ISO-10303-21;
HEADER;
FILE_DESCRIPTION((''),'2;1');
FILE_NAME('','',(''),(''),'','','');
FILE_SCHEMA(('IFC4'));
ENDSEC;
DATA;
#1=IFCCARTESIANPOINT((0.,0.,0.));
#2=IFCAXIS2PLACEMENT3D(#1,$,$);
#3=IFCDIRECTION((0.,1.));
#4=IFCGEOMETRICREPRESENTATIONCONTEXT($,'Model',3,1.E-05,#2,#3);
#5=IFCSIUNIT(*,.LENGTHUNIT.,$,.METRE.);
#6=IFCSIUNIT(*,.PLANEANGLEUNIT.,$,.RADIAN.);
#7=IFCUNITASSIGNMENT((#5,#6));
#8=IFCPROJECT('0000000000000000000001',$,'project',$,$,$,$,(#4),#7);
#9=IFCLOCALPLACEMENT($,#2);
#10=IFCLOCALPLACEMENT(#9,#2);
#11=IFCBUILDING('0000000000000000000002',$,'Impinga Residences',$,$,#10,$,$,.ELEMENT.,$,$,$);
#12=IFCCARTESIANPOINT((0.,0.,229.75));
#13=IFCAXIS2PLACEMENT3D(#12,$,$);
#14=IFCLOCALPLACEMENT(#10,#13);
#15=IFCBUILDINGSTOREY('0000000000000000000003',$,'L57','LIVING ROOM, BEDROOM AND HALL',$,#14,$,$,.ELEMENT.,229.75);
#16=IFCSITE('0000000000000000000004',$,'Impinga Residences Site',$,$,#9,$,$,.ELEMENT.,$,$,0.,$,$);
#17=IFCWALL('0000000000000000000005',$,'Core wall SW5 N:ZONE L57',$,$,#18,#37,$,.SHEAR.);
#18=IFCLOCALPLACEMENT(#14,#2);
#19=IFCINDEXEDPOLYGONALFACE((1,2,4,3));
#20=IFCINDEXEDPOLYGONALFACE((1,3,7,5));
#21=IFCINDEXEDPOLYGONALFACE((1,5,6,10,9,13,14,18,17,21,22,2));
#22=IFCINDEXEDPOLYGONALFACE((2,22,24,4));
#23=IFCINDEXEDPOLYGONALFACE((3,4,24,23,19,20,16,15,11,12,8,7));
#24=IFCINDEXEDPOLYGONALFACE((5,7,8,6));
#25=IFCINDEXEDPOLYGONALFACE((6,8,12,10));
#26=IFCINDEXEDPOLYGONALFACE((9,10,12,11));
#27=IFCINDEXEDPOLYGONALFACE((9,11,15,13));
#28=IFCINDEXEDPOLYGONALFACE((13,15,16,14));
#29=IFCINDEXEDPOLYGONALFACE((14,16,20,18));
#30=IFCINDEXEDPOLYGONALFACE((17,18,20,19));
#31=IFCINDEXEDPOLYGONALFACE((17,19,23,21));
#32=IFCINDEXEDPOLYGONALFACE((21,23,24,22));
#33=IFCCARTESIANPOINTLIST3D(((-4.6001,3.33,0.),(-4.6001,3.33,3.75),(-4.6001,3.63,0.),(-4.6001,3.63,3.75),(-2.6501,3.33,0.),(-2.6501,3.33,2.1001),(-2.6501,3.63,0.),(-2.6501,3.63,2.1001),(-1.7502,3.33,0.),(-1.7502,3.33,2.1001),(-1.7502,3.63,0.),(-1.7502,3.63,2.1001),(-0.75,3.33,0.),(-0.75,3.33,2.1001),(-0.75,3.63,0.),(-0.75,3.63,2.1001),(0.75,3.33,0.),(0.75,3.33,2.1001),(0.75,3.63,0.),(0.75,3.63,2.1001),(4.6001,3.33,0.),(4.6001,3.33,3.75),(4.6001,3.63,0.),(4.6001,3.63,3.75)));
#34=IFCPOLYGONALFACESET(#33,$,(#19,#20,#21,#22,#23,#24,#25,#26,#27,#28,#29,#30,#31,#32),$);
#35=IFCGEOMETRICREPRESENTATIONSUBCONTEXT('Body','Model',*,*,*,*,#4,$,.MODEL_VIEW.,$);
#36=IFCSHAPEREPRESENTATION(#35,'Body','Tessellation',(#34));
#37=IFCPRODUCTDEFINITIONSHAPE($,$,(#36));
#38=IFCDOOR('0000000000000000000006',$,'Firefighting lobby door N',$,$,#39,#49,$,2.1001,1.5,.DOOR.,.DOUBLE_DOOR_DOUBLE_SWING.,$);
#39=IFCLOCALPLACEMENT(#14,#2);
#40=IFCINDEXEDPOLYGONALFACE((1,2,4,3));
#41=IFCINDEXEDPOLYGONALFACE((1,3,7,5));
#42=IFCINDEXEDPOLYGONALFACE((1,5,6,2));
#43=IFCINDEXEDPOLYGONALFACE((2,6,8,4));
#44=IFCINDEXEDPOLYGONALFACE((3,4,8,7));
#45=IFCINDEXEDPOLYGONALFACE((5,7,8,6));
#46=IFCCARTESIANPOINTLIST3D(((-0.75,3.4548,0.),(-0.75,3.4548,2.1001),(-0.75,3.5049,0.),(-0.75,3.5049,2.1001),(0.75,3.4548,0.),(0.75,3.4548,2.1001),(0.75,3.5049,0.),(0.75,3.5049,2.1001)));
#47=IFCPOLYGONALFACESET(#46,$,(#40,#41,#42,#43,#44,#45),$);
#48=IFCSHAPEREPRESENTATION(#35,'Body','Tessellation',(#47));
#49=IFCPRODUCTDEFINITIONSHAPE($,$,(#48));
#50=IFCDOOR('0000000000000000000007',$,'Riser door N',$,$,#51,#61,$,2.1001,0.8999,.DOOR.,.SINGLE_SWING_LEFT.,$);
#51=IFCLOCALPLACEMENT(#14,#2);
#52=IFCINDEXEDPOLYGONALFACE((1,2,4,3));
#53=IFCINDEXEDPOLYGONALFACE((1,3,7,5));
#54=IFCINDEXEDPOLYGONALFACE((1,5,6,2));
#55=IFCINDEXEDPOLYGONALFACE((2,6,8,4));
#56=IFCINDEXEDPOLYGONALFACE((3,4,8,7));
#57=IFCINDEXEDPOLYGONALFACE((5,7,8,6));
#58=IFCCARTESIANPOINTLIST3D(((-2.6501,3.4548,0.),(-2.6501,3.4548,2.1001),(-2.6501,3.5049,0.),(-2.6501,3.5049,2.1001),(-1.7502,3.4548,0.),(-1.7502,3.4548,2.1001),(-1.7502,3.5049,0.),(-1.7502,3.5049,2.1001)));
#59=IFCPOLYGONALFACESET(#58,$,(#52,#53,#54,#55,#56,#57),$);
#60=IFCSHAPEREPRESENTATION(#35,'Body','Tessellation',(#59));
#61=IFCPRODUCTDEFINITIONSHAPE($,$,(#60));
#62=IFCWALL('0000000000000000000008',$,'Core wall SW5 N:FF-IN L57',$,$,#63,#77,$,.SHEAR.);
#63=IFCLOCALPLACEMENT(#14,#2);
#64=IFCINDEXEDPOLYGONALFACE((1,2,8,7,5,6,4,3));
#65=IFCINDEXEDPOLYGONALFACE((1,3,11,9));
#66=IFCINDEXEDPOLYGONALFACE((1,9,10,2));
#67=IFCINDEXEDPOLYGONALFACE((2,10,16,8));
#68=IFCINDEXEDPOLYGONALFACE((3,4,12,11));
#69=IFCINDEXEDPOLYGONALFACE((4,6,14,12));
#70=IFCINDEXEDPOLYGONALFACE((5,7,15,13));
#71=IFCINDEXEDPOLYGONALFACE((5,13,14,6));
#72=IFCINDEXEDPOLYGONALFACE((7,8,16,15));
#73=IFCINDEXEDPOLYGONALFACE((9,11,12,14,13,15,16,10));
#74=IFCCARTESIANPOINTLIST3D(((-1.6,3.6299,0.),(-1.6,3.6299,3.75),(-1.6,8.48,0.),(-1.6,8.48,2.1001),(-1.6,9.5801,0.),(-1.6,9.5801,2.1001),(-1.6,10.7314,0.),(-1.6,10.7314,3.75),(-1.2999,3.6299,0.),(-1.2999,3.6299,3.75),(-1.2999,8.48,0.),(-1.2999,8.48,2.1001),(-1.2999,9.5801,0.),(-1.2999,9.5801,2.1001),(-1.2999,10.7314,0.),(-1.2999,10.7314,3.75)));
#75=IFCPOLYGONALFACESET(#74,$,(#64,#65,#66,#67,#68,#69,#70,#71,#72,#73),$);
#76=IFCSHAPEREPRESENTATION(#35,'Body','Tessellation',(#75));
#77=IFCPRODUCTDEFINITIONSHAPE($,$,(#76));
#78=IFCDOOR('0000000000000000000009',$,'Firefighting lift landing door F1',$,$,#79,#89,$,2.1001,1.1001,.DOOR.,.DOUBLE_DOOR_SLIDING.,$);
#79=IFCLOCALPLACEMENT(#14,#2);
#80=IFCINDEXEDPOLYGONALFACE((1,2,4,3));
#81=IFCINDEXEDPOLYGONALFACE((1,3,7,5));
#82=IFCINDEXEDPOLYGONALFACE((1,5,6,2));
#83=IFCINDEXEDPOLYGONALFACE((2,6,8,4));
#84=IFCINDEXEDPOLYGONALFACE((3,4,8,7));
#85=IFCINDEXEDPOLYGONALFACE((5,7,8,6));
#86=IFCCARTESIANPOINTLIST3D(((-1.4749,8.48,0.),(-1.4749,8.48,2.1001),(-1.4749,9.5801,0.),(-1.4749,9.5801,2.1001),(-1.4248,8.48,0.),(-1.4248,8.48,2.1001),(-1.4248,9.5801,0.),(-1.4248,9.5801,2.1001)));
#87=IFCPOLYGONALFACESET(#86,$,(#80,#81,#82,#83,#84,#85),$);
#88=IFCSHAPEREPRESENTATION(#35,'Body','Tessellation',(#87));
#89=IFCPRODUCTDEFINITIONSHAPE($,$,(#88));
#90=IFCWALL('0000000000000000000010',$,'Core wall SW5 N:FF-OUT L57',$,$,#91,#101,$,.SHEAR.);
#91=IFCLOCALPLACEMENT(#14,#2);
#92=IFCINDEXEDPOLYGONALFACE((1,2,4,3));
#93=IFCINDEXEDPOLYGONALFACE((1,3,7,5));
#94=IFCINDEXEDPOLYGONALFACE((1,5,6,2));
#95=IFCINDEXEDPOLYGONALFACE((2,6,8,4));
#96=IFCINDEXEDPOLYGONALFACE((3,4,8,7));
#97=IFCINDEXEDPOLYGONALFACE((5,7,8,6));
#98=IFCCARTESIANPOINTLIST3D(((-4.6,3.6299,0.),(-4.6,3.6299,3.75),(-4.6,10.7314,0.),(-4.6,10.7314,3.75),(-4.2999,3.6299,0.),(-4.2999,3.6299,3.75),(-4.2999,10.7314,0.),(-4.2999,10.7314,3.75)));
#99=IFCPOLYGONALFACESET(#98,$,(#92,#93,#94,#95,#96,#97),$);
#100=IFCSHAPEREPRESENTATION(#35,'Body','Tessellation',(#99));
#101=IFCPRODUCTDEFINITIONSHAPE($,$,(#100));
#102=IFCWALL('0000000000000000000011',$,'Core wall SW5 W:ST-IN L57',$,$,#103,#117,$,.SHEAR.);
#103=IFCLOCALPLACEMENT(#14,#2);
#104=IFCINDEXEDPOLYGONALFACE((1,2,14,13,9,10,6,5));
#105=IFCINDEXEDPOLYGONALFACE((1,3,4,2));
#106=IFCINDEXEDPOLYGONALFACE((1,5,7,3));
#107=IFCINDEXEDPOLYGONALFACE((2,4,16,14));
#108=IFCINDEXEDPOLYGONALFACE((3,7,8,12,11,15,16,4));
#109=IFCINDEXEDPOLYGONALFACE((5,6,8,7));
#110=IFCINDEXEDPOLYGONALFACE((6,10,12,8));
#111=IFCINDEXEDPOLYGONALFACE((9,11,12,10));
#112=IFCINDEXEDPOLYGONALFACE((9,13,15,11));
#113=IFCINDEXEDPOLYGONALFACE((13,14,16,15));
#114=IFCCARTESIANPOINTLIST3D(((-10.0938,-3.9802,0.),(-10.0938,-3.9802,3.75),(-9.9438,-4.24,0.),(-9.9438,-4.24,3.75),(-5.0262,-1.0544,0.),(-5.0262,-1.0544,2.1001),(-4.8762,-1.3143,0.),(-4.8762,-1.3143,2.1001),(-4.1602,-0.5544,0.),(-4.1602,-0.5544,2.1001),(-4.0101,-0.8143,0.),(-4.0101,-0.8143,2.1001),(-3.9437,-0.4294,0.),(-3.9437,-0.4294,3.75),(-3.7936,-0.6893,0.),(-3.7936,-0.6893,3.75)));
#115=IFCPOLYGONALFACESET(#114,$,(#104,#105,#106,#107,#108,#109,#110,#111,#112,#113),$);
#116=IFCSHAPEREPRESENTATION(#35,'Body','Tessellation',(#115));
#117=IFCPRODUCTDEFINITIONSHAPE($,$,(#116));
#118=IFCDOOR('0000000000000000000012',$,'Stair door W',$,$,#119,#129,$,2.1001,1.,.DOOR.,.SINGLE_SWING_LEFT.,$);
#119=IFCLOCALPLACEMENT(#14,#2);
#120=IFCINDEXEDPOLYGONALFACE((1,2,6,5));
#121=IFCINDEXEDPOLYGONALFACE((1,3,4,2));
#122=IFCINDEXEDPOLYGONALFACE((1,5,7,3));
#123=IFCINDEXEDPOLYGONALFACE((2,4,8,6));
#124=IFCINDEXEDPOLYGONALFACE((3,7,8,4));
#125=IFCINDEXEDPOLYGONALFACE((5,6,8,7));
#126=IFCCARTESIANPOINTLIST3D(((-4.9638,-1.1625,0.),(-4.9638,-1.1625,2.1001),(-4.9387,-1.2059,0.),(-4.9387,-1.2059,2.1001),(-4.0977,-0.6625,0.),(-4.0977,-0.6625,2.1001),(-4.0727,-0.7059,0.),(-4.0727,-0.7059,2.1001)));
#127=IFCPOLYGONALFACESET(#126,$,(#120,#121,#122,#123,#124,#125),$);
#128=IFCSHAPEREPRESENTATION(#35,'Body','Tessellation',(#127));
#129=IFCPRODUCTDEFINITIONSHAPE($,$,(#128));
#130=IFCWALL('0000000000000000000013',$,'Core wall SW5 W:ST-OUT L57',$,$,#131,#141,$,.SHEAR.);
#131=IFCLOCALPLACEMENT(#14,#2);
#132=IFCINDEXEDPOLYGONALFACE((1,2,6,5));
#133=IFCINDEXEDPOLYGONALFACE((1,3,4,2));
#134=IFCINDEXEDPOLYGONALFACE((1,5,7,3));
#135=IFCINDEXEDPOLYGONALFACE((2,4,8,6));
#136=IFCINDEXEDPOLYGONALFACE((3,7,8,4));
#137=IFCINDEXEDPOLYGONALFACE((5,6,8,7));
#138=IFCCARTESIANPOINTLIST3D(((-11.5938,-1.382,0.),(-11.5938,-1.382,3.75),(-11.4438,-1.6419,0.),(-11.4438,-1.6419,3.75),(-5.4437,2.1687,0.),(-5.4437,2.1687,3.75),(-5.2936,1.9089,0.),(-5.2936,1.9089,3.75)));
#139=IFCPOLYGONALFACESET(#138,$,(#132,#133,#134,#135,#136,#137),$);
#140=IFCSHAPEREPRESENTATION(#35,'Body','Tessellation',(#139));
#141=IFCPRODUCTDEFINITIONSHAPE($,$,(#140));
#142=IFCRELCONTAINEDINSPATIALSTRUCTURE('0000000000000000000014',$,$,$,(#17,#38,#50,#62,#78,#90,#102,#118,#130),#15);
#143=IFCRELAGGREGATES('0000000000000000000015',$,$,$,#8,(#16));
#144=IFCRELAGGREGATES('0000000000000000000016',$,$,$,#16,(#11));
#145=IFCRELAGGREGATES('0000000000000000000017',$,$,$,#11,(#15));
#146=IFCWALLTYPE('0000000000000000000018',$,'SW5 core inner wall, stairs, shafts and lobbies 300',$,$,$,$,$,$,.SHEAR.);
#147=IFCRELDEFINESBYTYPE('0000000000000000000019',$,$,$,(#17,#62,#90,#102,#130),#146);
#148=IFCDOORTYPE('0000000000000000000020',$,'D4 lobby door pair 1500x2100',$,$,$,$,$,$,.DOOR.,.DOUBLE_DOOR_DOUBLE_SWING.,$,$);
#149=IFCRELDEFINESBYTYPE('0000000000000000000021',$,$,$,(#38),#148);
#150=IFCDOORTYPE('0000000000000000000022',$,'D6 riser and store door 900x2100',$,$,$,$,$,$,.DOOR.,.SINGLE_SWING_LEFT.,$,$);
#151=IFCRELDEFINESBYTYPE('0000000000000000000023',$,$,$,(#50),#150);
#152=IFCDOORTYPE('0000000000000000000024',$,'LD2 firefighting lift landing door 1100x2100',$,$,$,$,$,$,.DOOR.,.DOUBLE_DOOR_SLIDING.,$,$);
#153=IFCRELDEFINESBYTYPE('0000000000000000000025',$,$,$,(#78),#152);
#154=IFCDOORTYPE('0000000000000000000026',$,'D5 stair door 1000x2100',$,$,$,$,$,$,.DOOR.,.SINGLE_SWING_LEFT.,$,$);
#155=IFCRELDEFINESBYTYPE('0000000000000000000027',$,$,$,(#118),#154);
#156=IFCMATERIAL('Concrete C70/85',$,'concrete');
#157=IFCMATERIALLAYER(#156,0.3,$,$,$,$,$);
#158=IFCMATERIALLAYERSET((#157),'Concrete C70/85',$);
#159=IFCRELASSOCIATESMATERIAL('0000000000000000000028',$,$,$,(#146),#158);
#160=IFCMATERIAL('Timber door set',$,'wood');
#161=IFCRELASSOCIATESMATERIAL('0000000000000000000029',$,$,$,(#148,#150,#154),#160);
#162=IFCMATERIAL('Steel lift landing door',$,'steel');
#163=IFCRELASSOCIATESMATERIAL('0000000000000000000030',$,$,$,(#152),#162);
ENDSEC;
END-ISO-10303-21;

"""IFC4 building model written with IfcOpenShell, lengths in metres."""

from ifc_helpers import new_model, si_unit, direction, frame, frame_2d, origin, place, context, subcontext, project, spatial, rectangle, extrude, material, layer, layer_set, type_object, element, fill, save


model = new_model("IFC4")

# Units and contexts
model_context = context("Model", 3, precision=1e-05, world=origin(), true_north=direction((0.0, 1.0)))
body_context = subcontext(model_context, "Body", "Model", "MODEL_VIEW")
ifc_project = project(units=[si_unit("LENGTHUNIT", "METRE"), si_unit("PLANEANGLEUNIT", "RADIAN")], contexts=[model_context])

# Site, building, storey
site_placement = place(None, origin())
site = spatial("IfcSite", under=ifc_project, at=site_placement, Name="Impinga Residences Site", CompositionType="ELEMENT", RefElevation=0.0)
building_placement = place(site_placement, origin())
building = spatial("IfcBuilding", under=site, at=building_placement, Name="Impinga Residences", CompositionType="ELEMENT")
storey_placement = place(building_placement, frame((0.0, 0.0, 229.75)))
storey = spatial("IfcBuildingStorey", under=building, at=storey_placement, Name="L57", Description="LIVING ROOM, BEDROOM AND HALL", CompositionType="ELEMENT", Elevation=229.75)

# Shared definitions
ifc_material_1 = material(Name="Timber door set", Category="wood")

# Wall, openings, doors
ifc_material_2 = material(Name="Concrete C70/85", Category="concrete")
ifc_layer_1 = layer(ifc_material_2, 0.3)
ifc_layer_set_1 = layer_set([ifc_layer_1], Name="Concrete C70/85")
wall_type_1 = type_object("IfcWallType", Name="SW5 core inner wall, stairs, shafts and lobbies 300", PredefinedType="SHEAR", material=ifc_layer_set_1)
wall_1_placement = place(storey_placement, frame((-4.6001, 3.48, 0.0), z_axis=(0.0, 0.0, 1.0), x_axis=(1.0, 0.0, 0.0)))
wall_1 = element("IfcWall", 1, at=wall_1_placement, inside=storey, type_object=wall_type_1, Name="Core wall SW5 N:ZONE L57", PredefinedType="SHEAR", context=body_context, shape_type="SweptSolid", body=[
    extrude(rectangle(XDim=9.2002, YDim=0.3, at=frame_2d((4.6001, 0.0))), origin(), (0.0, 0.0, 1.0), 3.75),
])
opening_1_placement = place(wall_1_placement, frame((3.8501, 0.0, 0.0)))
opening_1 = element("IfcOpeningElement", 2, at=opening_1_placement, cuts=wall_1, PredefinedType="OPENING", context=body_context, shape_type="SweptSolid", body=[
    extrude(rectangle(XDim=1.5, YDim=2.1001, at=frame_2d((0.75, 1.05))), frame((0.0, 0.1599, 0.0), z_axis=(0.0, -1.0, 0.0), x_axis=(1.0, 0.0, 0.0)), (0.0, 0.0, 1.0), 0.3201),
])
opening_2_placement = place(wall_1_placement, frame((1.95, 0.0, 0.0)))
opening_2 = element("IfcOpeningElement", 3, at=opening_2_placement, cuts=wall_1, PredefinedType="OPENING", context=body_context, shape_type="SweptSolid", body=[
    extrude(rectangle(XDim=0.8999, YDim=2.1001, at=frame_2d((0.45, 1.05))), frame((0.0, 0.1599, 0.0), z_axis=(0.0, -1.0, 0.0), x_axis=(1.0, 0.0, 0.0)), (0.0, 0.0, 1.0), 0.3201),
])
door_type_1 = type_object("IfcDoorType", Name="D4 lobby door pair 1500x2100", OperationType="DOUBLE_DOOR_DOUBLE_SWING", PredefinedType="DOOR", material=ifc_material_1)
door_1_placement = place(opening_1_placement, origin())
door_1 = element("IfcDoor", 4, at=door_1_placement, inside=storey, type_object=door_type_1, Name="Firefighting lobby door N", OperationType="DOUBLE_DOOR_DOUBLE_SWING", OverallHeight=2.1001, OverallWidth=1.5, PredefinedType="DOOR", context=body_context, shape_type="SweptSolid", body=[
    extrude(rectangle(XDim=1.5, YDim=2.1001, at=frame_2d((0.75, 1.05))), frame((0.0, 0.0249, 0.0), z_axis=(0.0, -1.0, 0.0), x_axis=(1.0, 0.0, 0.0)), (0.0, 0.0, 1.0), 0.05),
])
fill(opening_1, door_1)
door_type_2 = type_object("IfcDoorType", Name="D6 riser and store door 900x2100", OperationType="SINGLE_SWING_LEFT", PredefinedType="DOOR", material=ifc_material_1)
door_2_placement = place(opening_2_placement, origin())
door_2 = element("IfcDoor", 5, at=door_2_placement, inside=storey, type_object=door_type_2, Name="Riser door N", OperationType="SINGLE_SWING_LEFT", OverallHeight=2.1001, OverallWidth=0.8999, PredefinedType="DOOR", context=body_context, shape_type="SweptSolid", body=[
    extrude(rectangle(XDim=0.8999, YDim=2.1001, at=frame_2d((0.45, 1.05))), frame((0.0, 0.0249, 0.0), z_axis=(0.0, -1.0, 0.0), x_axis=(1.0, 0.0, 0.0)), (0.0, 0.0, 1.0), 0.05),
])
fill(opening_2, door_2)

# Wall, opening, door
wall_2_placement = place(storey_placement, frame((-1.45, 3.6299, 0.0), z_axis=(0.0, 0.0, 1.0), x_axis=(0.0, 1.0, 0.0)))
wall_2 = element("IfcWall", 6, at=wall_2_placement, inside=storey, type_object=wall_type_1, Name="Core wall SW5 N:FF-IN L57", PredefinedType="SHEAR", context=body_context, shape_type="SweptSolid", body=[
    extrude(rectangle(XDim=7.1016, YDim=0.3, at=frame_2d((3.5508, 0.0))), origin(), (0.0, 0.0, 1.0), 3.75),
])
opening_3_placement = place(wall_2_placement, frame((4.8501, 0.0, 0.0)))
opening_3 = element("IfcOpeningElement", 7, at=opening_3_placement, cuts=wall_2, PredefinedType="OPENING", context=body_context, shape_type="SweptSolid", body=[
    extrude(rectangle(XDim=1.1001, YDim=2.1001, at=frame_2d((0.55, 1.05))), frame((0.0, 0.1599, 0.0), z_axis=(0.0, -1.0, 0.0), x_axis=(1.0, 0.0, 0.0)), (0.0, 0.0, 1.0), 0.3201),
])
ifc_material_3 = material(Name="Steel lift landing door", Category="steel")
door_type_3 = type_object("IfcDoorType", Name="LD2 firefighting lift landing door 1100x2100", OperationType="DOUBLE_DOOR_SLIDING", PredefinedType="DOOR", material=ifc_material_3)
door_3_placement = place(opening_3_placement, origin())
door_3 = element("IfcDoor", 8, at=door_3_placement, inside=storey, type_object=door_type_3, Name="Firefighting lift landing door F1", OperationType="DOUBLE_DOOR_SLIDING", OverallHeight=2.1001, OverallWidth=1.1001, PredefinedType="DOOR", context=body_context, shape_type="SweptSolid", body=[
    extrude(rectangle(XDim=1.1001, YDim=2.1001, at=frame_2d((0.55, 1.05))), frame((0.0, 0.0249, 0.0), z_axis=(0.0, -1.0, 0.0), x_axis=(1.0, 0.0, 0.0)), (0.0, 0.0, 1.0), 0.05),
])
fill(opening_3, door_3)

# Wall
wall_3_placement = place(storey_placement, frame((-4.45, 3.6299, 0.0), z_axis=(0.0, 0.0, 1.0), x_axis=(0.0, 1.0, 0.0)))
element("IfcWall", 9, at=wall_3_placement, inside=storey, type_object=wall_type_1, Name="Core wall SW5 N:FF-OUT L57", PredefinedType="SHEAR", context=body_context, shape_type="SweptSolid", body=[
    extrude(rectangle(XDim=7.1016, YDim=0.3, at=frame_2d((3.5508, 0.0))), origin(), (0.0, 0.0, 1.0), 3.75),
])

# Wall, opening, door
wall_4_placement = place(storey_placement, frame((-3.8687, -0.5593, 0.0), z_axis=(0.0, 0.0, 1.0), x_axis=(-0.866026, -0.499999, 0.0)))
wall_4 = element("IfcWall", 10, at=wall_4_placement, inside=storey, type_object=wall_type_1, Name="Core wall SW5 W:ST-IN L57", PredefinedType="SHEAR", context=body_context, shape_type="SweptSolid", body=[
    extrude(rectangle(XDim=7.1016, YDim=0.3, at=frame_2d((3.5508, 0.0))), origin(), (0.0, 0.0, 1.0), 3.75),
])
opening_4_placement = place(wall_4_placement, frame((0.25, 0.0, 0.0)))
opening_4 = element("IfcOpeningElement", 11, at=opening_4_placement, cuts=wall_4, PredefinedType="OPENING", context=body_context, shape_type="SweptSolid", body=[
    extrude(rectangle(XDim=1.0, YDim=2.1001, at=frame_2d((0.5, 1.05))), frame((0.0, 0.1599, 0.0), z_axis=(0.0, -1.0, 0.0), x_axis=(1.0, 0.0, 0.0)), (0.0, 0.0, 1.0), 0.3201),
])
door_type_4 = type_object("IfcDoorType", Name="D5 stair door 1000x2100", OperationType="SINGLE_SWING_LEFT", PredefinedType="DOOR", material=ifc_material_1)
door_4_placement = place(opening_4_placement, origin())
door_4 = element("IfcDoor", 12, at=door_4_placement, inside=storey, type_object=door_type_4, Name="Stair door W", OperationType="SINGLE_SWING_LEFT", OverallHeight=2.1001, OverallWidth=1.0, PredefinedType="DOOR", context=body_context, shape_type="SweptSolid", body=[
    extrude(rectangle(XDim=1.0, YDim=2.1001, at=frame_2d((0.5, 1.05))), frame((0.0, 0.0249, 0.0), z_axis=(0.0, -1.0, 0.0), x_axis=(1.0, 0.0, 0.0)), (0.0, 0.0, 1.0), 0.05),
])
fill(opening_4, door_4)

# Wall
wall_5_placement = place(storey_placement, frame((-5.3687, 2.0388, 0.0), z_axis=(0.0, 0.0, 1.0), x_axis=(-0.866026, -0.499999, 0.0)))
element("IfcWall", 13, at=wall_5_placement, inside=storey, type_object=wall_type_1, Name="Core wall SW5 W:ST-OUT L57", PredefinedType="SHEAR", context=body_context, shape_type="SweptSolid", body=[
    extrude(rectangle(XDim=7.1016, YDim=0.3, at=frame_2d((3.5508, 0.0))), origin(), (0.0, 0.0, 1.0), 3.75),
])

save(model, "model.ifc")
